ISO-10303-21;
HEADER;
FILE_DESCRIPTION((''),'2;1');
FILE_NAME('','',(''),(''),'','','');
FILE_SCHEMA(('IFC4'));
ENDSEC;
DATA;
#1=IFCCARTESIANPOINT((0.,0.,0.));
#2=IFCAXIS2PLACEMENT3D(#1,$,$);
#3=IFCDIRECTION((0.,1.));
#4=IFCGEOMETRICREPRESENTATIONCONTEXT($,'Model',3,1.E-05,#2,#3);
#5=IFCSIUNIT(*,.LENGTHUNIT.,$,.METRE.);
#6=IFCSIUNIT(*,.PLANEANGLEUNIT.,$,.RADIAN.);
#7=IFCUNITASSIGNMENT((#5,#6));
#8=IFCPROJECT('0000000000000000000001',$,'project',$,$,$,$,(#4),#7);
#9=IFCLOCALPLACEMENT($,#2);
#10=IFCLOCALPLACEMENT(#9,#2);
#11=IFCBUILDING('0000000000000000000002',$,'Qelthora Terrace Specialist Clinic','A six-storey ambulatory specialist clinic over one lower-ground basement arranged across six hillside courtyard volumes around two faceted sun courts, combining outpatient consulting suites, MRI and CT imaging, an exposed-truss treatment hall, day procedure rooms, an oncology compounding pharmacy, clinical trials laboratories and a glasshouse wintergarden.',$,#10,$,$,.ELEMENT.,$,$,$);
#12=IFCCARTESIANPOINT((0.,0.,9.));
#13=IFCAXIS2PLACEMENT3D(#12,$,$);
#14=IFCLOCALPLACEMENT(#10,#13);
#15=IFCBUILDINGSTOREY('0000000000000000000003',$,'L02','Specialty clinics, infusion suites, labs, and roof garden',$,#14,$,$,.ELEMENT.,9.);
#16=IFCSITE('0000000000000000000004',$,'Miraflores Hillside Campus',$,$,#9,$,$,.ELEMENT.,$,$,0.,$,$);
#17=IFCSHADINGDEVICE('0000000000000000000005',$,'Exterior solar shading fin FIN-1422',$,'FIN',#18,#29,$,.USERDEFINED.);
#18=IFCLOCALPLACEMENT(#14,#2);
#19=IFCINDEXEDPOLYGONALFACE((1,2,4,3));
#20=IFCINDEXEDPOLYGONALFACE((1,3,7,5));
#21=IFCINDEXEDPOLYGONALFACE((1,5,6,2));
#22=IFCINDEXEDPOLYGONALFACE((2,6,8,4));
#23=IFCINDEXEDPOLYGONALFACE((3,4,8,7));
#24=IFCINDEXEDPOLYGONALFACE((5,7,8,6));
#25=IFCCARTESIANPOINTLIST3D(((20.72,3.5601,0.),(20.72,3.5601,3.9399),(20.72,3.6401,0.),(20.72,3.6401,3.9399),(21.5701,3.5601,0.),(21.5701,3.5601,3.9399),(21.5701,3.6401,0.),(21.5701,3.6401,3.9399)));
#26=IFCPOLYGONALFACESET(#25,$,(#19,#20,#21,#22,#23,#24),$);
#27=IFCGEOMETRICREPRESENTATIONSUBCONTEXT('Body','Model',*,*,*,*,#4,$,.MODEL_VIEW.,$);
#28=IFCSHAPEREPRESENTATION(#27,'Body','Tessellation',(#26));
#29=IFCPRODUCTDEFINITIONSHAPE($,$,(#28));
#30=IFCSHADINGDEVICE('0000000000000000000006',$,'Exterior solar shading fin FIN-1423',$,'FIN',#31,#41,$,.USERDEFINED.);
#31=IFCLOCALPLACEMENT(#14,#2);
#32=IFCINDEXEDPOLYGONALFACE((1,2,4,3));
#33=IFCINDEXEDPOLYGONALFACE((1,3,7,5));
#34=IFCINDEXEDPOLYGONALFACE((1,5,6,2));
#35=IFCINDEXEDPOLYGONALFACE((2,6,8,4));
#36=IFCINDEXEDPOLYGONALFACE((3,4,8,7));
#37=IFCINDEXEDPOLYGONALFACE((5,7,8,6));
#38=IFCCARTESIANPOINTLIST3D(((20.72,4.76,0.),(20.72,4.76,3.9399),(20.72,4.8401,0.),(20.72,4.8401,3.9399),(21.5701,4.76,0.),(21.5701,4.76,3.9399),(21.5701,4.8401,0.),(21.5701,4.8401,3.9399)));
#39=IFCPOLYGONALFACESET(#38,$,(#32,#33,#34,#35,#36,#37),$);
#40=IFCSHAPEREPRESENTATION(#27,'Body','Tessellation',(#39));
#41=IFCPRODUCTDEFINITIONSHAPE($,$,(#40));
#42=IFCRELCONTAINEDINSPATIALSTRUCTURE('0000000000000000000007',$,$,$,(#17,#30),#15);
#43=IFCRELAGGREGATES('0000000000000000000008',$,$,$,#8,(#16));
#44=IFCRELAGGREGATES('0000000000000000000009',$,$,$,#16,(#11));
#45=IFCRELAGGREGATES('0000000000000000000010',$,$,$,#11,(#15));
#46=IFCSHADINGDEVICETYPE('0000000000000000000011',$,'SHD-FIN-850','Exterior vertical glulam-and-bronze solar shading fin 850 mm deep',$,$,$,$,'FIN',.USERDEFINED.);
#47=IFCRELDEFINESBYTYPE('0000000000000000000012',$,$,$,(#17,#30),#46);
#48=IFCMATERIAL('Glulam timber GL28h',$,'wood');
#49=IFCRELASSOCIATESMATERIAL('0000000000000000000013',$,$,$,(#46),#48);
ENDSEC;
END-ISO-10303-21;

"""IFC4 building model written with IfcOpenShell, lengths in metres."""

from ifc_helpers import new_model, si_unit, direction, frame, origin, origin_2d, place, context, subcontext, project, spatial, rectangle, extrude, material, type_object, element, save


model = new_model("IFC4")

# Units and contexts
model_context = context("Model", 3, precision=1e-05, world=origin(), true_north=direction((0.0, 1.0)))
body_context = subcontext(model_context, "Body", "Model", "MODEL_VIEW")
ifc_project = project(units=[si_unit("LENGTHUNIT", "METRE"), si_unit("PLANEANGLEUNIT", "RADIAN")], contexts=[model_context])

# Site, building, storey
site_placement = place(None, origin())
site = spatial("IfcSite", under=ifc_project, at=site_placement, Name="Miraflores Hillside Campus", CompositionType="ELEMENT", RefElevation=0.0)
building_placement = place(site_placement, origin())
building = spatial("IfcBuilding", under=site, at=building_placement, Name="Qelthora Terrace Specialist Clinic", Description="A six-storey ambulatory specialist clinic over one lower-ground basement arranged across six hillside courtyard volumes around two faceted sun courts, combining outpatient consulting suites, MRI and CT imaging, an exposed-truss treatment hall, day procedure rooms, an oncology compounding pharmacy, clinical trials laboratories and a glasshouse wintergarden.", CompositionType="ELEMENT")
storey_placement = place(building_placement, frame((0.0, 0.0, 9.0)))
storey = spatial("IfcBuildingStorey", under=building, at=storey_placement, Name="L02", Description="Specialty clinics, infusion suites, labs, and roof garden", CompositionType="ELEMENT", Elevation=9.0)

# Shading devices
ifc_material_1 = material(Name="Glulam timber GL28h", Category="wood")
shading_device_type = type_object("IfcShadingDeviceType", Name="SHD-FIN-850", Description="Exterior vertical glulam-and-bronze solar shading fin 850 mm deep", ElementType="FIN", PredefinedType="USERDEFINED", material=ifc_material_1)
for number, where, z_axis, x_axis, name in (
    (1, (21.145, 3.6001, 0.0), (0.0, 0.0, 1.0), (-1.0, 0.0, 0.0), "Exterior solar shading fin FIN-1422"),
    (2, (21.145, 4.8, 0.0), (0.0, 0.0, 1.0), (-1.0, 0.0, 0.0), "Exterior solar shading fin FIN-1423"),
):
    element("IfcShadingDevice", number, at=place(storey_placement, frame(where, z_axis=z_axis, x_axis=x_axis)), inside=storey, type_object=shading_device_type, Name=name, ObjectType="FIN", PredefinedType="USERDEFINED", context=body_context, shape_type="SweptSolid", body=[
        extrude(rectangle(XDim=0.8501, YDim=0.0801, at=origin_2d()), origin(), (0.0, 0.0, 1.0), 3.9399),
    ])

save(model, "model.ifc")
